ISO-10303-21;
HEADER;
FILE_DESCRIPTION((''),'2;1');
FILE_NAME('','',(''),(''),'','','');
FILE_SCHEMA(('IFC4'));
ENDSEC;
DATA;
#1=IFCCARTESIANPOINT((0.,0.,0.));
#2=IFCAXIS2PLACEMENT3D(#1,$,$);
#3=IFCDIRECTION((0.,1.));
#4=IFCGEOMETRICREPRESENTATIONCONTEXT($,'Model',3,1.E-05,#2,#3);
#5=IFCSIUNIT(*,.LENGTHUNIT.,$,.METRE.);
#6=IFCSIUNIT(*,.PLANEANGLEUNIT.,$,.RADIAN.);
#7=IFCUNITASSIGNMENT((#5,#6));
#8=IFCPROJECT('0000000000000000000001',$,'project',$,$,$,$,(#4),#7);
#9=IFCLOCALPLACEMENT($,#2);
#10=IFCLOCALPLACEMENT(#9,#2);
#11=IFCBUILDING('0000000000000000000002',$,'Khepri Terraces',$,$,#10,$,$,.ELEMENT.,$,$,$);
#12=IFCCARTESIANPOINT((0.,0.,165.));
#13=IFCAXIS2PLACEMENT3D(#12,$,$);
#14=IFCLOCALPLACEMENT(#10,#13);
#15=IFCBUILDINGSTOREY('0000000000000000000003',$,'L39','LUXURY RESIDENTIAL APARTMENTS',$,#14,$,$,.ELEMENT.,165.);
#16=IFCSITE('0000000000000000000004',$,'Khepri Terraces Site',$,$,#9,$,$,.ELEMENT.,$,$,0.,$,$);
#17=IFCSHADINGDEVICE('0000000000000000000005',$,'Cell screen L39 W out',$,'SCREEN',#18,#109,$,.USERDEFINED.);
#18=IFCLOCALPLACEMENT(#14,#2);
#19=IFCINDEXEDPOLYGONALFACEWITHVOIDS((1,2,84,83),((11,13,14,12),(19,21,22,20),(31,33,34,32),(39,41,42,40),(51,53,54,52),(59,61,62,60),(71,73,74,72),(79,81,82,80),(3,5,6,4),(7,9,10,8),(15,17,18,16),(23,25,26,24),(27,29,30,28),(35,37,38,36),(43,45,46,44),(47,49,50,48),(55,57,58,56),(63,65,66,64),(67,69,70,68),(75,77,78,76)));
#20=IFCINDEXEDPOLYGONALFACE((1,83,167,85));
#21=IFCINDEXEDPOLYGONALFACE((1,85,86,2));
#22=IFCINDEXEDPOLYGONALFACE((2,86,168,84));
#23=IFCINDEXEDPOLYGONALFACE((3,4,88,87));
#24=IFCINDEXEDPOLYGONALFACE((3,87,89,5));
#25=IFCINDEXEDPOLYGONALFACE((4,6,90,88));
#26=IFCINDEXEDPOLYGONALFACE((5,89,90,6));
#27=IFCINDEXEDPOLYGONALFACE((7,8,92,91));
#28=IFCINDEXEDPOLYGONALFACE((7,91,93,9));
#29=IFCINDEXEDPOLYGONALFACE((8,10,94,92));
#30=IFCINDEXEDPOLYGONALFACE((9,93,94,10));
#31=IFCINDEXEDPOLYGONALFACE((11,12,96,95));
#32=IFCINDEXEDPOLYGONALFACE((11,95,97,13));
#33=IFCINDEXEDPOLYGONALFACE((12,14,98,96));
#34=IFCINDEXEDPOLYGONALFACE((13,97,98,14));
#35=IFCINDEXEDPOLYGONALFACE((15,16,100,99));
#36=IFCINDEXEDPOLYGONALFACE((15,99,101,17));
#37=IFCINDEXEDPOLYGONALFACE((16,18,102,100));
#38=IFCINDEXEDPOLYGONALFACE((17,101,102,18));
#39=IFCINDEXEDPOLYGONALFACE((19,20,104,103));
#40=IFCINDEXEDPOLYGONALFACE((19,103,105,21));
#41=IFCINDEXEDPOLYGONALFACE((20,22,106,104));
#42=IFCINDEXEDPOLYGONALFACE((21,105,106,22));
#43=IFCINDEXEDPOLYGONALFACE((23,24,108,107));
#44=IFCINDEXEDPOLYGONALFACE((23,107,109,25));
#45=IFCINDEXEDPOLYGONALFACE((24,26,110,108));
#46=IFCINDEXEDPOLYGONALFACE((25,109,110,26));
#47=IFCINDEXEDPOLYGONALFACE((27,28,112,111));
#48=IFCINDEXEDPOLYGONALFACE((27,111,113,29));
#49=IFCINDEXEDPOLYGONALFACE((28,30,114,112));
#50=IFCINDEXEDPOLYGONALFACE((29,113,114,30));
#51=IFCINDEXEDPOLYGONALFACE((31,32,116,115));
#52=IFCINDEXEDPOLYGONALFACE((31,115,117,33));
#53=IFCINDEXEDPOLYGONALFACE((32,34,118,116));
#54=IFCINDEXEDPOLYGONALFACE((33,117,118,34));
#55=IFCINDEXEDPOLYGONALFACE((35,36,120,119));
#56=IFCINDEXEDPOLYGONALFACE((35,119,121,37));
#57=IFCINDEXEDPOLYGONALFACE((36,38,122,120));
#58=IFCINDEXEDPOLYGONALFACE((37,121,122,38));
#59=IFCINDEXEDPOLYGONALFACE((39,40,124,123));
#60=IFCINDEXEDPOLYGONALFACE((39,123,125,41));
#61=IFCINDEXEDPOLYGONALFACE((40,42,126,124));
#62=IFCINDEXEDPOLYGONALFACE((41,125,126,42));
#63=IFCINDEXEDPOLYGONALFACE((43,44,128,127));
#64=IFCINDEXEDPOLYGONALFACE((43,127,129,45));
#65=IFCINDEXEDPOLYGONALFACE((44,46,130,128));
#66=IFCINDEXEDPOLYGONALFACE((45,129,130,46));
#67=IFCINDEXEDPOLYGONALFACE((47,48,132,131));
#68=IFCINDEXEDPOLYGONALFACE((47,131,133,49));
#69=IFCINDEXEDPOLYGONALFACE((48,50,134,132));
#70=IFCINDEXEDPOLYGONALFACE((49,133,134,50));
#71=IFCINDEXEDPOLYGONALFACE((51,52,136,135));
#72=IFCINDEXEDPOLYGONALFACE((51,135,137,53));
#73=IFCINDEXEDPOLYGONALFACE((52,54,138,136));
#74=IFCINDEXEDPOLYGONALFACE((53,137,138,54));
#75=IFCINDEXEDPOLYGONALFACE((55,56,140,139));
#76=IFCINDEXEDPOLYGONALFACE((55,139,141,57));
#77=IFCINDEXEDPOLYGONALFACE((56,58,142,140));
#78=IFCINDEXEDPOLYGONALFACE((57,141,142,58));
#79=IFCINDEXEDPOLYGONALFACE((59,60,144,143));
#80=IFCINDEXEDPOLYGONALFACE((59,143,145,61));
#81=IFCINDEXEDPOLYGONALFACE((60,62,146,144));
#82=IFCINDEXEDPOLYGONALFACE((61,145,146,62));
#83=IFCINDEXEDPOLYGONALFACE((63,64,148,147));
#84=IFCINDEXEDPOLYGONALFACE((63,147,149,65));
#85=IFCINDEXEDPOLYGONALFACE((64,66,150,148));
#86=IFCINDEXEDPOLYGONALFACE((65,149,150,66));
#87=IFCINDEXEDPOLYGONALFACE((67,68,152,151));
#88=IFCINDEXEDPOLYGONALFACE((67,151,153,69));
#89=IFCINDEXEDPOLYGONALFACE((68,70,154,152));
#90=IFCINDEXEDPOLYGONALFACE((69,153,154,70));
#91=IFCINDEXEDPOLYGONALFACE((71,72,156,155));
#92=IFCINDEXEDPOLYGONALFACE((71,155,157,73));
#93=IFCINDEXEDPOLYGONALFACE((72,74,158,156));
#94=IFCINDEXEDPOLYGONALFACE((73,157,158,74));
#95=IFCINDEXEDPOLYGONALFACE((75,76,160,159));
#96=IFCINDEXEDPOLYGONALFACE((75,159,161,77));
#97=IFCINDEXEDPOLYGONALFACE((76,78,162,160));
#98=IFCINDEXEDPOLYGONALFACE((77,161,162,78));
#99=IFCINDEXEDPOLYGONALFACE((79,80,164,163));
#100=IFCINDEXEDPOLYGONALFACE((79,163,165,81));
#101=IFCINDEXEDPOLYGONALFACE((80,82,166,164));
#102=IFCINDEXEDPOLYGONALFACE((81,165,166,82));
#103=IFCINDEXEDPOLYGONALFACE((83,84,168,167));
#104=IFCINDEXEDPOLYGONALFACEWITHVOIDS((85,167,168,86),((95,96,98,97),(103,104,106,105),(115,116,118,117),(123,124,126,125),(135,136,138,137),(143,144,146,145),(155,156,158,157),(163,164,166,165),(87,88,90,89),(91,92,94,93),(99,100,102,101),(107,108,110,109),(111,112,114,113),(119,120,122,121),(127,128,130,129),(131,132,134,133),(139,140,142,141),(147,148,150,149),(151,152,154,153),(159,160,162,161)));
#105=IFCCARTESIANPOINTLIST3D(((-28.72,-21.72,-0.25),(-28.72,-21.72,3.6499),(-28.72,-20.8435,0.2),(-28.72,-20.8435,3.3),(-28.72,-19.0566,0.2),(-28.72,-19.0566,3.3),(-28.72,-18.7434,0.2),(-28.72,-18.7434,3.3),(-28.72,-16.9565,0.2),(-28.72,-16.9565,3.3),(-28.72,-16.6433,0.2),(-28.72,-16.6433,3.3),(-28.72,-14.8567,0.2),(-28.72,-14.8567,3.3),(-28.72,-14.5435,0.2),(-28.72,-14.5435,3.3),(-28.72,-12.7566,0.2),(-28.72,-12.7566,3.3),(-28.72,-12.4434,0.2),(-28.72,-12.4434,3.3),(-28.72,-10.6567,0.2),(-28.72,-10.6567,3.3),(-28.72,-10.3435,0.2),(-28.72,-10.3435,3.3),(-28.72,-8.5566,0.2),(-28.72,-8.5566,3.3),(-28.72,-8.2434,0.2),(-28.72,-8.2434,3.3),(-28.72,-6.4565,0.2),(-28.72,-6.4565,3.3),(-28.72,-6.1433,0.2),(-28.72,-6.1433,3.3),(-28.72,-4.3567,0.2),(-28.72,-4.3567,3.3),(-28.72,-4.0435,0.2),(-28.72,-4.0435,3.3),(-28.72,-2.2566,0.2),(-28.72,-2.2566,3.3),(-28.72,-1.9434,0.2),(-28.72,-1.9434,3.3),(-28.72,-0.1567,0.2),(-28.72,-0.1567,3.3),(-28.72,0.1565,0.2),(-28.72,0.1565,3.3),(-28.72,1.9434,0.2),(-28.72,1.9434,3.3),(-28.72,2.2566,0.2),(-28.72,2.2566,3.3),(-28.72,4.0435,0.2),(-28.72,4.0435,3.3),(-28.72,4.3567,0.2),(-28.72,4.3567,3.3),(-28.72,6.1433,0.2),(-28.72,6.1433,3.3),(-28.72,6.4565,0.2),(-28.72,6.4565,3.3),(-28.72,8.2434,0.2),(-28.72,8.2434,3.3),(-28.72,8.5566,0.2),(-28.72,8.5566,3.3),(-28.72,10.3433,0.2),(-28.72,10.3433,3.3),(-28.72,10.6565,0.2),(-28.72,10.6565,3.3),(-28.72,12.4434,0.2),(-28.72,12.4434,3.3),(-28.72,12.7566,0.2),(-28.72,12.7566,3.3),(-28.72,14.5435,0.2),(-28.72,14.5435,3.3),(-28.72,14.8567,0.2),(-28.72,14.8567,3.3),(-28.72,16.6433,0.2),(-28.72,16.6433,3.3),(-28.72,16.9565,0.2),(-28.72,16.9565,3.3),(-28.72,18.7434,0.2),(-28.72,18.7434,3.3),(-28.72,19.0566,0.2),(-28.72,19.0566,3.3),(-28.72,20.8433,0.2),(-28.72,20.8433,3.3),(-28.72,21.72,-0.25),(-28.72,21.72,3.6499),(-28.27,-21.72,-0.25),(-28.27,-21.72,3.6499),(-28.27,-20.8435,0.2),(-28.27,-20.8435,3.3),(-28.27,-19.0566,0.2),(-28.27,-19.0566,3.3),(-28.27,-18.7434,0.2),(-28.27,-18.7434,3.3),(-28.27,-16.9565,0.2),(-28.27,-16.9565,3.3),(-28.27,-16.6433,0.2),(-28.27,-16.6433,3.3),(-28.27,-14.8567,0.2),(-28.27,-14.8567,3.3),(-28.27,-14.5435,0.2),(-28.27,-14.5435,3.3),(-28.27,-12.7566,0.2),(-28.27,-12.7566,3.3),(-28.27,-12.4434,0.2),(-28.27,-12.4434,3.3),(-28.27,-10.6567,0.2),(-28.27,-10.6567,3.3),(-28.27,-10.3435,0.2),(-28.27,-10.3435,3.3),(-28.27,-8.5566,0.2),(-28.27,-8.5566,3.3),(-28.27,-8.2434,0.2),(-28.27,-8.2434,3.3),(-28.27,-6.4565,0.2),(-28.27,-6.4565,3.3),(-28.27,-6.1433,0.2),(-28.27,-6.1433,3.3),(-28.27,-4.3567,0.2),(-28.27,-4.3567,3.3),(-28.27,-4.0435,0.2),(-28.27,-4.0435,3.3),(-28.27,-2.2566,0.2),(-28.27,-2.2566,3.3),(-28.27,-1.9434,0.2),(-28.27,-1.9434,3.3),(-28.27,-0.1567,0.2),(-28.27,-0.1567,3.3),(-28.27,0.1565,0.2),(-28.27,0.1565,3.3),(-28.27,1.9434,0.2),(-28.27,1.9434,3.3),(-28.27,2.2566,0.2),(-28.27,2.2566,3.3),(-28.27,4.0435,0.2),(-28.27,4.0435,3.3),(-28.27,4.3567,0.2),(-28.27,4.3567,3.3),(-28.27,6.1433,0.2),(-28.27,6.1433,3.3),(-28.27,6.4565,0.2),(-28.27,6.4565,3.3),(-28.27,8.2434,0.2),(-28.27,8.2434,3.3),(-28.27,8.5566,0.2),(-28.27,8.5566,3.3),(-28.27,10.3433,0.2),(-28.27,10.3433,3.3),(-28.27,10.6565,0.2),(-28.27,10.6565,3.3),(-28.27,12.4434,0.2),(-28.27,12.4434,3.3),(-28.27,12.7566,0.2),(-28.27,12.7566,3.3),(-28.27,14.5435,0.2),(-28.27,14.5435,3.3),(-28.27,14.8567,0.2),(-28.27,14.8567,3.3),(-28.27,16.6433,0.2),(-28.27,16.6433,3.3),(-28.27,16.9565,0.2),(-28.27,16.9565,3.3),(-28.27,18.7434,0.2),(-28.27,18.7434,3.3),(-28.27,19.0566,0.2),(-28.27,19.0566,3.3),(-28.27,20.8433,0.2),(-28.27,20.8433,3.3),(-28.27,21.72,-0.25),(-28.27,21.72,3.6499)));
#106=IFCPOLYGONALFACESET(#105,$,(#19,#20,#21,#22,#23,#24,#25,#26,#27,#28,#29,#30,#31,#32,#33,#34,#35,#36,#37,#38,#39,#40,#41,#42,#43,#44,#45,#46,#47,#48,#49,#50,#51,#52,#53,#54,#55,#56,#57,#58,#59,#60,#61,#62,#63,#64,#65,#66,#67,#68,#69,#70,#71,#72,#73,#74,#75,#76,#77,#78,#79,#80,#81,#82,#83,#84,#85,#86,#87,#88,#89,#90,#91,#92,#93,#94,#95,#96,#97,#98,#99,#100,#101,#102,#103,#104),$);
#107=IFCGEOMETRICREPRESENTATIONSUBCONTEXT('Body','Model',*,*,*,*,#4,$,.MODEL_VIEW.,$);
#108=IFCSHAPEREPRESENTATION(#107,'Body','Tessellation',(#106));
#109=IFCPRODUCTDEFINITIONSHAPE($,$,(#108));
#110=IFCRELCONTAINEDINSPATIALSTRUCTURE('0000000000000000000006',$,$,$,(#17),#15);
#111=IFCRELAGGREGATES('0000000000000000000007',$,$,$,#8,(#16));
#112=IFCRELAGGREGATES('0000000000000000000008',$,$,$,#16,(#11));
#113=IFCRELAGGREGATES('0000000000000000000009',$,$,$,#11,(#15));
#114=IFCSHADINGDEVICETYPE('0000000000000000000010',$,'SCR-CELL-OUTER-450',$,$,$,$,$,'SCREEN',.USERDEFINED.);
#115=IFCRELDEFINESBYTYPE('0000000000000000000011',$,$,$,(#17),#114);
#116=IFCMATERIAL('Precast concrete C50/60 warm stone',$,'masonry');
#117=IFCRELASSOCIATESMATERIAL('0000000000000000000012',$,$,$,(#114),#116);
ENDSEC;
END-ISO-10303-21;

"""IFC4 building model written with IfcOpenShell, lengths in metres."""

from ifc_helpers import new_model, si_unit, direction, frame, origin, place, context, subcontext, project, spatial, polyline, outline, extrude, material, type_object, element, save


model = new_model("IFC4")

# Units and contexts
model_context = context("Model", 3, precision=1e-05, world=origin(), true_north=direction((0.0, 1.0)))
body_context = subcontext(model_context, "Body", "Model", "MODEL_VIEW")
ifc_project = project(units=[si_unit("LENGTHUNIT", "METRE"), si_unit("PLANEANGLEUNIT", "RADIAN")], contexts=[model_context])

# Site, building, storey
site_placement = place(None, origin())
site = spatial("IfcSite", under=ifc_project, at=site_placement, Name="Khepri Terraces Site", CompositionType="ELEMENT", RefElevation=0.0)
building_placement = place(site_placement, origin())
building = spatial("IfcBuilding", under=site, at=building_placement, Name="Khepri Terraces", CompositionType="ELEMENT")
storey_placement = place(building_placement, frame((0.0, 0.0, 165.0)))
storey = spatial("IfcBuildingStorey", under=building, at=storey_placement, Name="L39", Description="LUXURY RESIDENTIAL APARTMENTS", CompositionType="ELEMENT", Elevation=165.0)

# Shared definitions
ifc_material_1 = material(Name="Precast concrete C50/60 warm stone", Category="masonry")

# Shading device
shading_device_type_1 = type_object("IfcShadingDeviceType", Name="SCR-CELL-OUTER-450", ElementType="SCREEN", PredefinedType="USERDEFINED", material=ifc_material_1)
shading_device_1_placement = place(storey_placement, frame((-28.27, 21.72, -0.25), z_axis=(-1.0, 0.0, 0.0), x_axis=(0.0, -1.0, 0.0)))
element("IfcShadingDevice", 1, at=shading_device_1_placement, inside=storey, type_object=shading_device_type_1, Name="Cell screen L39 W out", ObjectType="SCREEN", PredefinedType="USERDEFINED", context=body_context, shape_type="SweptSolid", body=[
    extrude(outline(polyline([(0.0, 0.0), (43.4399, 0.0), (43.4399, 3.8999), (0.0, 3.8999), (0.0, 0.0)]), holes=[polyline([(0.8767, 0.45), (2.6633, 0.45), (2.6633, 3.55), (0.8767, 3.55), (0.8767, 0.45)]), polyline([(2.9766, 0.45), (4.7634, 0.45), (4.7634, 3.55), (2.9766, 3.55), (2.9766, 0.45)]), polyline([(5.0767, 0.45), (6.8633, 0.45), (6.8633, 3.55), (5.0767, 3.55), (5.0767, 0.45)]), polyline([(7.1765, 0.45), (8.9634, 0.45), (8.9634, 3.55), (7.1765, 3.55), (7.1765, 0.45)]), polyline([(9.2766, 0.45), (11.0635, 0.45), (11.0635, 3.55), (9.2766, 3.55), (9.2766, 0.45)]), polyline([(11.3767, 0.45), (13.1633, 0.45), (13.1633, 3.55), (11.3767, 3.55), (11.3767, 0.45)]), polyline([(13.4766, 0.45), (15.2634, 0.45), (15.2634, 3.55), (13.4766, 3.55), (13.4766, 0.45)]), polyline([(15.5767, 0.45), (17.3633, 0.45), (17.3633, 3.55), (15.5767, 3.55), (15.5767, 0.45)]), polyline([(17.6765, 0.45), (19.4634, 0.45), (19.4634, 3.55), (17.6765, 3.55), (17.6765, 0.45)]), polyline([(19.7766, 0.45), (21.5635, 0.45), (21.5635, 3.55), (19.7766, 3.55), (19.7766, 0.45)]), polyline([(21.8767, 0.45), (23.6633, 0.45), (23.6633, 3.55), (21.8767, 3.55), (21.8767, 0.45)]), polyline([(23.9766, 0.45), (25.7634, 0.45), (25.7634, 3.55), (23.9766, 3.55), (23.9766, 0.45)]), polyline([(26.0767, 0.45), (27.8633, 0.45), (27.8633, 3.55), (26.0767, 3.55), (26.0767, 0.45)]), polyline([(28.1765, 0.45), (29.9634, 0.45), (29.9634, 3.55), (28.1765, 3.55), (28.1765, 0.45)]), polyline([(30.2766, 0.45), (32.0635, 0.45), (32.0635, 3.55), (30.2766, 3.55), (30.2766, 0.45)]), polyline([(32.3767, 0.45), (34.1633, 0.45), (34.1633, 3.55), (32.3767, 3.55), (32.3767, 0.45)]), polyline([(34.4766, 0.45), (36.2634, 0.45), (36.2634, 3.55), (34.4766, 3.55), (34.4766, 0.45)]), polyline([(36.5767, 0.45), (38.3633, 0.45), (38.3633, 3.55), (36.5767, 3.55), (36.5767, 0.45)]), polyline([(38.6765, 0.45), (40.4634, 0.45), (40.4634, 3.55), (38.6765, 3.55), (38.6765, 0.45)]), polyline([(40.7766, 0.45), (42.5635, 0.45), (42.5635, 3.55), (40.7766, 3.55), (40.7766, 0.45)])]), origin(), (0.0, 0.0, 1.0), 0.45),
])

save(model, "model.ifc")
